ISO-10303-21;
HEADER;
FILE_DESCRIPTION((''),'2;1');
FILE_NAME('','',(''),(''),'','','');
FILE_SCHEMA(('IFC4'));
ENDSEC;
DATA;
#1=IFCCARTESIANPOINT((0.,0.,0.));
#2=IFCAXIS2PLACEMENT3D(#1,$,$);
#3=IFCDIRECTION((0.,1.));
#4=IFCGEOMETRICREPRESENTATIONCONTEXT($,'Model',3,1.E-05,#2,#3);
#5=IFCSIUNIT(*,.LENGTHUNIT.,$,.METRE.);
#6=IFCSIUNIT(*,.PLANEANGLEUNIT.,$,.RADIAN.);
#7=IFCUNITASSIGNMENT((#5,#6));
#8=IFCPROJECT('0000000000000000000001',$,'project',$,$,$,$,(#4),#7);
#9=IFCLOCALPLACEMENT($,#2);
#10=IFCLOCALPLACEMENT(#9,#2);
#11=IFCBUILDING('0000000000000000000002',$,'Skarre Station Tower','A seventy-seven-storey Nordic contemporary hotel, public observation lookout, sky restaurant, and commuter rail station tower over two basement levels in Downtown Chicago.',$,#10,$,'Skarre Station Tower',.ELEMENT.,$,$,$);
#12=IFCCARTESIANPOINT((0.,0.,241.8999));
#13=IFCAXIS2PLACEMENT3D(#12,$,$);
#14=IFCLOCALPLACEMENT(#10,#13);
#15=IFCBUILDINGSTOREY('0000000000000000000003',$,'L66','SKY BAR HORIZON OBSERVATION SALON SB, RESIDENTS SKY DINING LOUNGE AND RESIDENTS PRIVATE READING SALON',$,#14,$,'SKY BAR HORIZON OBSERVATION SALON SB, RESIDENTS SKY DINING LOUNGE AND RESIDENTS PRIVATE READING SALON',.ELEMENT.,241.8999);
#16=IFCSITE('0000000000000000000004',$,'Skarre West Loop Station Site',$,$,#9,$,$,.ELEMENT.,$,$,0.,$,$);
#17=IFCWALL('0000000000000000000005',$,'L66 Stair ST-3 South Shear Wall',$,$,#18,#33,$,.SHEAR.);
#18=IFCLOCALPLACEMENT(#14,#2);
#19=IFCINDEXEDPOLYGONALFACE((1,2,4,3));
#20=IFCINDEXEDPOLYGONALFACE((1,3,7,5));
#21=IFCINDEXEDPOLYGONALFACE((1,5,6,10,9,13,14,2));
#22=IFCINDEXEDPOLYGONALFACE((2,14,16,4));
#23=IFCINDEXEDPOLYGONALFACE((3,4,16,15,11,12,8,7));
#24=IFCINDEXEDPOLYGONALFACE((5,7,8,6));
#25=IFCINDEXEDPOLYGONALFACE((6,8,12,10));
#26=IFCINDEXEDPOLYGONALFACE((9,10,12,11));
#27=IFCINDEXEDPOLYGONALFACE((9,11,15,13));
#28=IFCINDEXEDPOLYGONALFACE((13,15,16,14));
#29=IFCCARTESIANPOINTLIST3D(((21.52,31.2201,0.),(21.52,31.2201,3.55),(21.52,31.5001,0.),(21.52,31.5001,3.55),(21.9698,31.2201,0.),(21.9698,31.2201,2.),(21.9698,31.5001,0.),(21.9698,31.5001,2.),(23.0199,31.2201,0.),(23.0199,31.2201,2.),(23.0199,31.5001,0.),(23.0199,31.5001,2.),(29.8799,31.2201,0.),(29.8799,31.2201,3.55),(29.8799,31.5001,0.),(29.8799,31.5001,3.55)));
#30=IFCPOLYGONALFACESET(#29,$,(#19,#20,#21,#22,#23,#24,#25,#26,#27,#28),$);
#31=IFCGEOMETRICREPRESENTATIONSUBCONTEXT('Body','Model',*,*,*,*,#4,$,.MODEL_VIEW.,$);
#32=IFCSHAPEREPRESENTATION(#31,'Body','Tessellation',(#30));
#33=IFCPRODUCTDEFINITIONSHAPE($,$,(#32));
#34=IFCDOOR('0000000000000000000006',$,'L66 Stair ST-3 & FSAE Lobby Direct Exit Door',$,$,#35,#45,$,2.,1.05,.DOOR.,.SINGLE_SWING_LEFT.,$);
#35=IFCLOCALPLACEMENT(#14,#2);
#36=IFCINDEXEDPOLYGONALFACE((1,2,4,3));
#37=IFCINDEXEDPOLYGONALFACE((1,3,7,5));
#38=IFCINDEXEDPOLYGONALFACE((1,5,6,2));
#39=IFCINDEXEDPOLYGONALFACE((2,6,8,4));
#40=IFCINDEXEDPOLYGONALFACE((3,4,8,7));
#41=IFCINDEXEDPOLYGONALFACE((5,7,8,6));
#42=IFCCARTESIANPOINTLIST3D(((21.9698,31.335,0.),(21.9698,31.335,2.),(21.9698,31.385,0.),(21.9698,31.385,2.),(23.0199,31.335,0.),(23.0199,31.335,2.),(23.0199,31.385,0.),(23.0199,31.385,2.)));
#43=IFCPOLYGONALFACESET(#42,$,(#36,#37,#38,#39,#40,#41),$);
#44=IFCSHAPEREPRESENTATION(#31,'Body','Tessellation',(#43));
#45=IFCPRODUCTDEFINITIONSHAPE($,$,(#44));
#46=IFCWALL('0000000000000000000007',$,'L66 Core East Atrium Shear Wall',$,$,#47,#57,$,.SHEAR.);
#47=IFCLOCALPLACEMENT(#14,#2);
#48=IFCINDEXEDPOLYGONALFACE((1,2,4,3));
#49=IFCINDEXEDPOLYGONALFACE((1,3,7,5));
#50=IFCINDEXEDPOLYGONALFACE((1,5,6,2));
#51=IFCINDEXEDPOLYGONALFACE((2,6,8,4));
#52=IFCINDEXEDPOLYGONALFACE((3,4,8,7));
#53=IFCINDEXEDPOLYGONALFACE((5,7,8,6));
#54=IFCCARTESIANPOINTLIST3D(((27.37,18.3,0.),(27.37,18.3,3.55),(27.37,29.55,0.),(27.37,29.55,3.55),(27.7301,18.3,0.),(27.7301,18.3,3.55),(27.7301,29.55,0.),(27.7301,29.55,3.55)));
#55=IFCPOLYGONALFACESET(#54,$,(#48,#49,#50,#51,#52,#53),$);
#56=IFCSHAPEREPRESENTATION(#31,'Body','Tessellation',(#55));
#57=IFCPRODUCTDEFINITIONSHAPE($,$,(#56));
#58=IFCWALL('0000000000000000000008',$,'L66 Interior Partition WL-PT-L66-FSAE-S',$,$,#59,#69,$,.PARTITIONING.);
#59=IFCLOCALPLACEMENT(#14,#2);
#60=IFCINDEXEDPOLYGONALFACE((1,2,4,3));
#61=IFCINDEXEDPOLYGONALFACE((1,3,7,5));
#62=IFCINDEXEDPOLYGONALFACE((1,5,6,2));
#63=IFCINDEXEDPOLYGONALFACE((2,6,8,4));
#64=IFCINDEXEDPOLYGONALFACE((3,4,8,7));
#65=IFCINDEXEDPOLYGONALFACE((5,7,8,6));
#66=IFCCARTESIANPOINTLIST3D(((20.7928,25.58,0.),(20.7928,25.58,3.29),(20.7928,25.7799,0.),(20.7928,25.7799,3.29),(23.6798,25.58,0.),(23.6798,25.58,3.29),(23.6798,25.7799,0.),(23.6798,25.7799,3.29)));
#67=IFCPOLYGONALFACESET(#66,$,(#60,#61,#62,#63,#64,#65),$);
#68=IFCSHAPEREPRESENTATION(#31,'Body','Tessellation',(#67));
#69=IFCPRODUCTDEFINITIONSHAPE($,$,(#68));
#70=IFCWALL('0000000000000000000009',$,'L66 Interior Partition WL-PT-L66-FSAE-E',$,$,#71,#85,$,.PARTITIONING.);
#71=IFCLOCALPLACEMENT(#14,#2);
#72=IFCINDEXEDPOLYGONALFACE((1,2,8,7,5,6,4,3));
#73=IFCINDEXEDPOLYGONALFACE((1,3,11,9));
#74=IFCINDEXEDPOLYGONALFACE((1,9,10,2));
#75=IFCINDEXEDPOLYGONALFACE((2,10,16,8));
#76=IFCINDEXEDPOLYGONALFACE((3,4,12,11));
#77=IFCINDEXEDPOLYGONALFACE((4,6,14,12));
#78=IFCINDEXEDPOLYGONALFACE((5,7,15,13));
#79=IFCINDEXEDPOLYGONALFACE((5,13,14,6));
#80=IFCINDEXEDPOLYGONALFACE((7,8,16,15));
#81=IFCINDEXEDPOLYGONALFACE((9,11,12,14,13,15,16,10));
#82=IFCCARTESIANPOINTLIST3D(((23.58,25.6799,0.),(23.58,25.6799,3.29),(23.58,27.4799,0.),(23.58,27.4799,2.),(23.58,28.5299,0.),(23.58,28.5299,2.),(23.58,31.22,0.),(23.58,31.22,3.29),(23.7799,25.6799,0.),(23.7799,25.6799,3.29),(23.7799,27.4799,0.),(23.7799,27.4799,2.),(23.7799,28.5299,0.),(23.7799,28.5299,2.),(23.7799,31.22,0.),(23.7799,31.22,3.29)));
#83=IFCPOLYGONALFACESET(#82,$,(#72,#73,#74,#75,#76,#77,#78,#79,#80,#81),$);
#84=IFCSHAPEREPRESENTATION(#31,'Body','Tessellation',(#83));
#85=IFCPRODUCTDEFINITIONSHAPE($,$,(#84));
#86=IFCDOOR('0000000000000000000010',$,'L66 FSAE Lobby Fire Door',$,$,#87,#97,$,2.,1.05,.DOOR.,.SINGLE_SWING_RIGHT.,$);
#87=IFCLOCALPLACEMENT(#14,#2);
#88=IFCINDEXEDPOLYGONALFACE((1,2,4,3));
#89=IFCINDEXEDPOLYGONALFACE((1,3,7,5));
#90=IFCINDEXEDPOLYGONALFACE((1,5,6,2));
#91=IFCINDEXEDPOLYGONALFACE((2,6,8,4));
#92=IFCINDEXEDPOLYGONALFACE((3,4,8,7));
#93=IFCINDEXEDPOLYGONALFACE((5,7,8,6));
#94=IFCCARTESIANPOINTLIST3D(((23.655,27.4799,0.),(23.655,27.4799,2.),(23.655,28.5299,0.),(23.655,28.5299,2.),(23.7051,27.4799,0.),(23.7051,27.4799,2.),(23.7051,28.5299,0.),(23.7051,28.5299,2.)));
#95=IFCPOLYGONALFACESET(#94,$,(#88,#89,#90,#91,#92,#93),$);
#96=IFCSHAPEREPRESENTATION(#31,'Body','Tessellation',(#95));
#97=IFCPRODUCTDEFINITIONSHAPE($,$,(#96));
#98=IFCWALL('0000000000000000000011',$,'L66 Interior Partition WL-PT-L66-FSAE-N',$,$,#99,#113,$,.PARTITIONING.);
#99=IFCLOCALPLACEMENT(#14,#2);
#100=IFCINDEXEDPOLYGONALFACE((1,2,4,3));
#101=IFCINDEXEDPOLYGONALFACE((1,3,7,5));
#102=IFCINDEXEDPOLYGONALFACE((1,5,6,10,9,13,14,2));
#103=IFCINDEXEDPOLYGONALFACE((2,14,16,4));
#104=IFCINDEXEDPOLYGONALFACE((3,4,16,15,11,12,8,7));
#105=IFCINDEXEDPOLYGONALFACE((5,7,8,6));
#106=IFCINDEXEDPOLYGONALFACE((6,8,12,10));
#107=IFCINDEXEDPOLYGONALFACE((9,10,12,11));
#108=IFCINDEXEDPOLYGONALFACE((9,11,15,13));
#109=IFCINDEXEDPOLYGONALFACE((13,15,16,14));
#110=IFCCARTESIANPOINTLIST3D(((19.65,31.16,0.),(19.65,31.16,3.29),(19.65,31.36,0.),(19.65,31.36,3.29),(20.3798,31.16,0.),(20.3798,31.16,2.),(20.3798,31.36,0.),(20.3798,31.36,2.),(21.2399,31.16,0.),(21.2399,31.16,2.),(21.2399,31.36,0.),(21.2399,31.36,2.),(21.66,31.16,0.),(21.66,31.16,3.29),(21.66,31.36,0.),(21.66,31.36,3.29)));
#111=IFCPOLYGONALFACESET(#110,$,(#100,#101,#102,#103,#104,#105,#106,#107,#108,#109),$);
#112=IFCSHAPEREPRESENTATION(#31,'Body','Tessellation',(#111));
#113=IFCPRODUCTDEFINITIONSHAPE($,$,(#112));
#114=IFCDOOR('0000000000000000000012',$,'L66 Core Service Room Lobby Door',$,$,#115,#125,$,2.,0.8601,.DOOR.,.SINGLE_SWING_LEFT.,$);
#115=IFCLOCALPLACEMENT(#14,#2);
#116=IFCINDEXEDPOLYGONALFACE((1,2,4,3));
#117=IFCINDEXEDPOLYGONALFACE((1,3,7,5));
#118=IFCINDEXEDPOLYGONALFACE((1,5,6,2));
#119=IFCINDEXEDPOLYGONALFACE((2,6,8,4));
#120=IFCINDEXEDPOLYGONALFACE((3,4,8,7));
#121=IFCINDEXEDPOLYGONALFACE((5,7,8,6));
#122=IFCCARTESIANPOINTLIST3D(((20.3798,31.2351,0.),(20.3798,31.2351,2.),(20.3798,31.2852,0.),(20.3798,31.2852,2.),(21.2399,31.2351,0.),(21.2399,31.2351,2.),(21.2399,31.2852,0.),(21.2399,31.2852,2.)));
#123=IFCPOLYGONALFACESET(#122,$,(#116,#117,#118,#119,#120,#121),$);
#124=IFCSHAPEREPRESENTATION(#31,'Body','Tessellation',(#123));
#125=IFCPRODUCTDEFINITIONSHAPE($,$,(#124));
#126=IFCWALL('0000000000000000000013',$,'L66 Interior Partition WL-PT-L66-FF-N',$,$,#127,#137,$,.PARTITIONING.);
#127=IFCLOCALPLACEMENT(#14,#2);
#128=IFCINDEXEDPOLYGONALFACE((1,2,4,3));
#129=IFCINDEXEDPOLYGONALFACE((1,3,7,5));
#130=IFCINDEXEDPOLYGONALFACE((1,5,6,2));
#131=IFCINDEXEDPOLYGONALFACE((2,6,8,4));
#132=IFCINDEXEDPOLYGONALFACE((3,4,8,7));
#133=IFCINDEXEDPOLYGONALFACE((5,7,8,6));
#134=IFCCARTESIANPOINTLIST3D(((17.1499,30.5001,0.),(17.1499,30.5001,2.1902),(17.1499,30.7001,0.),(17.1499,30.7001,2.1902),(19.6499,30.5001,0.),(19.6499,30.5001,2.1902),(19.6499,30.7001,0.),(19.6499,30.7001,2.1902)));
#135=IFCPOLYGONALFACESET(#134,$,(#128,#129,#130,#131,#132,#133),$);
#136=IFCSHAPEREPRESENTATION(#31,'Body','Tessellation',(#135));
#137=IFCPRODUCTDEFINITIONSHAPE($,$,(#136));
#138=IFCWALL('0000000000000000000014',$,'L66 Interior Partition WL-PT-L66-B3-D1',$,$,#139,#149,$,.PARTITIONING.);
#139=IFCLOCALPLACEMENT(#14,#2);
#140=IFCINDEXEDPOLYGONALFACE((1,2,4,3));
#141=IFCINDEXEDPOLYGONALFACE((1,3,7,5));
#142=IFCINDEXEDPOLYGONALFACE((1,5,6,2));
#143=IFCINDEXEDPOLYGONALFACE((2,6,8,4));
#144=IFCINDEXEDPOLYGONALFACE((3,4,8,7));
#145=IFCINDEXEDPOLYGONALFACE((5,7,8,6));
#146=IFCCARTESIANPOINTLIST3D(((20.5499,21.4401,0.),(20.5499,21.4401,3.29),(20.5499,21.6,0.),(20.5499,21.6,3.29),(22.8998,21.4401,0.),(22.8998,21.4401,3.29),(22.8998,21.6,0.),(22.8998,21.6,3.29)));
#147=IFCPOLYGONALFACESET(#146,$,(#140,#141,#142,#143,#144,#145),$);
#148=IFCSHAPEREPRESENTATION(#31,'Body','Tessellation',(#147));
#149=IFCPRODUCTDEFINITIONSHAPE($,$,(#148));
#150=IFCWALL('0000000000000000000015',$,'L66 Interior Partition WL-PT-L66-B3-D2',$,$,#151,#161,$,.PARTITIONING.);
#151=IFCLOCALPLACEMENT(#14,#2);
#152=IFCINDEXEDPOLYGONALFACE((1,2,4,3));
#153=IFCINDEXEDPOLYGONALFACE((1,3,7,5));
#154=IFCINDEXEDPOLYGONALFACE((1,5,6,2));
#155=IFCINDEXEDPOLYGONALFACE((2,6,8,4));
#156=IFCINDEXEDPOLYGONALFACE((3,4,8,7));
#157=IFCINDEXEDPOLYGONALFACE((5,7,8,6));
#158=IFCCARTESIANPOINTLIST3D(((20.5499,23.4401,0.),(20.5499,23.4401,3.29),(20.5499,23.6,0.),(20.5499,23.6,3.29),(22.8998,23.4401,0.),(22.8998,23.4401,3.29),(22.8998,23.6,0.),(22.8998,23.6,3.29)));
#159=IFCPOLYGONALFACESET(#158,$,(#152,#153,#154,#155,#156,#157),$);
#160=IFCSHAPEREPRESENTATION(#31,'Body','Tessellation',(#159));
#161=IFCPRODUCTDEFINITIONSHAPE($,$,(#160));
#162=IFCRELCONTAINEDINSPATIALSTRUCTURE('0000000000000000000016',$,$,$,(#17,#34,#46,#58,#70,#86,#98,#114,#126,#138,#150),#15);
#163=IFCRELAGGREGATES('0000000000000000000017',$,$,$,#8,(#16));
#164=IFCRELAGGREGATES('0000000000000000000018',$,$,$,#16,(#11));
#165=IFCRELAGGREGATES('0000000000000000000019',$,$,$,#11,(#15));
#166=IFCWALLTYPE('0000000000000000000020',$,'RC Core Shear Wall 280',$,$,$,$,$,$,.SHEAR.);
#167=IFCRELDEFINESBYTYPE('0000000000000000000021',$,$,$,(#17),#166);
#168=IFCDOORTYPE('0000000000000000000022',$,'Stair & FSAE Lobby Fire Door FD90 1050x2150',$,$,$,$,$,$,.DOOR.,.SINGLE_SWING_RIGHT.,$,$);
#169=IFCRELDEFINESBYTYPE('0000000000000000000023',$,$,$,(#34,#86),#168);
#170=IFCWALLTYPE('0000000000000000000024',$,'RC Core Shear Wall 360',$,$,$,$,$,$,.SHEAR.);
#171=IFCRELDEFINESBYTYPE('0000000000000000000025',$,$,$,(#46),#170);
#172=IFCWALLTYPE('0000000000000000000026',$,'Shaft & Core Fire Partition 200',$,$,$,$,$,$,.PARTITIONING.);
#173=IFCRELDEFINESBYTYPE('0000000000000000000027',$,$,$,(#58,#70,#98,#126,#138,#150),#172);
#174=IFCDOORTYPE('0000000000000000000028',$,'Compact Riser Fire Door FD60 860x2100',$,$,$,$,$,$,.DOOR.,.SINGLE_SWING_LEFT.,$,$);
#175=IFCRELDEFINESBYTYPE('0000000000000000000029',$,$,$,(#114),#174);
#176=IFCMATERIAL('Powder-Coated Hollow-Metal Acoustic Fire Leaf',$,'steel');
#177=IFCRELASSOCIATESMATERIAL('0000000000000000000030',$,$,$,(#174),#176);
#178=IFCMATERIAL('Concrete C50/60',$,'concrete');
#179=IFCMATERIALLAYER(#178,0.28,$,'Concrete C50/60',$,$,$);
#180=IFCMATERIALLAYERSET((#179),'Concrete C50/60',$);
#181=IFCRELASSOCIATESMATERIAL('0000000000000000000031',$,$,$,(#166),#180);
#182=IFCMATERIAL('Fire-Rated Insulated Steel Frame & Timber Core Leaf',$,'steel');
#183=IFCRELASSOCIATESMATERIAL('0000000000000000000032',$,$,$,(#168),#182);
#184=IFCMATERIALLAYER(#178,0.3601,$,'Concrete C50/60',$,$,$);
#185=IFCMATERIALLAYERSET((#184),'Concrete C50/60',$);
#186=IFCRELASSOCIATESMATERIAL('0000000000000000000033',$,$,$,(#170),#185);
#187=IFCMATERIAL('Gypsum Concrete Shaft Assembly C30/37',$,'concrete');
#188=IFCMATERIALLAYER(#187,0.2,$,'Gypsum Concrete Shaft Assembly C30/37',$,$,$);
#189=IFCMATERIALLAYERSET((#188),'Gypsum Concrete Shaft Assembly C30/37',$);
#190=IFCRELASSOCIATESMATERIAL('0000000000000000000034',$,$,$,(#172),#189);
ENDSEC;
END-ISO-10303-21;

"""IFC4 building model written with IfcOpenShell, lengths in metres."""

from ifc_helpers import new_model, si_unit, direction, frame, frame_2d, origin, place, context, subcontext, project, spatial, rectangle, extrude, material, layer, layer_set, type_object, element, fill, save


model = new_model("IFC4")

# Units and contexts
model_context = context("Model", 3, precision=1e-05, world=origin(), true_north=direction((0.0, 1.0)))
body_context = subcontext(model_context, "Body", "Model", "MODEL_VIEW")
ifc_project = project(units=[si_unit("LENGTHUNIT", "METRE"), si_unit("PLANEANGLEUNIT", "RADIAN")], contexts=[model_context])

# Site, building, storey
site_placement = place(None, origin())
site = spatial("IfcSite", under=ifc_project, at=site_placement, Name="Skarre West Loop Station Site", CompositionType="ELEMENT", RefElevation=0.0)
building_placement = place(site_placement, origin())
building = spatial("IfcBuilding", under=site, at=building_placement, Name="Skarre Station Tower", Description="A seventy-seven-storey Nordic contemporary hotel, public observation lookout, sky restaurant, and commuter rail station tower over two basement levels in Downtown Chicago.", LongName="Skarre Station Tower", CompositionType="ELEMENT")
storey_placement = place(building_placement, frame((0.0, 0.0, 241.8999)))
storey = spatial("IfcBuildingStorey", under=building, at=storey_placement, Name="L66", Description="SKY BAR HORIZON OBSERVATION SALON SB, RESIDENTS SKY DINING LOUNGE AND RESIDENTS PRIVATE READING SALON", LongName="SKY BAR HORIZON OBSERVATION SALON SB, RESIDENTS SKY DINING LOUNGE AND RESIDENTS PRIVATE READING SALON", CompositionType="ELEMENT", Elevation=241.8999)

# Shared definitions
ifc_material_1 = material(Name="Powder-Coated Hollow-Metal Acoustic Fire Leaf", Category="steel")
door_type_1 = type_object("IfcDoorType", Name="Compact Riser Fire Door FD60 860x2100", OperationType="SINGLE_SWING_LEFT", PredefinedType="DOOR", material=ifc_material_1)

# Shared definitions
ifc_material_2 = material(Name="Concrete C50/60", Category="concrete")
ifc_layer_1 = layer(ifc_material_2, 0.28, Name="Concrete C50/60")
ifc_layer_set_1 = layer_set([ifc_layer_1], Name="Concrete C50/60")
wall_type_1 = type_object("IfcWallType", Name="RC Core Shear Wall 280", PredefinedType="SHEAR", material=ifc_layer_set_1)

# Wall, opening, door
wall_1_placement = place(storey_placement, frame((21.52, 31.3601, 0.0), z_axis=(0.0, 0.0, 1.0), x_axis=(1.0, 0.0, 0.0)))
wall_1 = element("IfcWall", 1, at=wall_1_placement, inside=storey, type_object=wall_type_1, Name="L66 Stair ST-3 South Shear Wall", PredefinedType="SHEAR", context=body_context, shape_type="SweptSolid", body=[
    extrude(rectangle(XDim=8.3599, YDim=0.28, at=frame_2d((4.1799, 0.0))), origin(), (0.0, 0.0, 1.0), 3.55),
])
opening_1_placement = place(wall_1_placement, frame((0.45, 0.0, 0.0)))
opening_1 = element("IfcOpeningElement", 2, at=opening_1_placement, cuts=wall_1, PredefinedType="OPENING", context=body_context, shape_type="SweptSolid", body=[
    extrude(rectangle(XDim=1.05, YDim=2.0, at=frame_2d((0.5249, 1.0))), frame((0.0, 0.1499, 0.0), z_axis=(0.0, -1.0, 0.0), x_axis=(1.0, 0.0, 0.0)), (0.0, 0.0, 1.0), 0.3),
])
ifc_material_3 = material(Name="Fire-Rated Insulated Steel Frame & Timber Core Leaf", Category="steel")
door_type_2 = type_object("IfcDoorType", Name="Stair & FSAE Lobby Fire Door FD90 1050x2150", OperationType="SINGLE_SWING_RIGHT", PredefinedType="DOOR", material=ifc_material_3)
door_1_placement = place(opening_1_placement, origin())
door_1 = element("IfcDoor", 3, at=door_1_placement, inside=storey, type_object=door_type_2, Name="L66 Stair ST-3 & FSAE Lobby Direct Exit Door", OperationType="SINGLE_SWING_LEFT", OverallHeight=2.0, OverallWidth=1.05, PredefinedType="DOOR", context=body_context, shape_type="SweptSolid", body=[
    extrude(rectangle(XDim=1.05, YDim=2.0, at=frame_2d((0.5249, 1.0))), frame((0.0, 0.0249, 0.0), z_axis=(0.0, -1.0, 0.0), x_axis=(1.0, 0.0, 0.0)), (0.0, 0.0, 1.0), 0.05),
])
fill(opening_1, door_1)

# Walls
ifc_layer_2 = layer(ifc_material_2, 0.3601, Name="Concrete C50/60")
ifc_layer_set_2 = layer_set([ifc_layer_2], Name="Concrete C50/60")
wall_type_2 = type_object("IfcWallType", Name="RC Core Shear Wall 360", PredefinedType="SHEAR", material=ifc_layer_set_2)
wall_2_placement = place(storey_placement, frame((27.55, 29.55, 0.0), z_axis=(0.0, 0.0, 1.0), x_axis=(0.0, -1.0, 0.0)))
element("IfcWall", 4, at=wall_2_placement, inside=storey, type_object=wall_type_2, Name="L66 Core East Atrium Shear Wall", PredefinedType="SHEAR", context=body_context, shape_type="SweptSolid", body=[
    extrude(rectangle(XDim=11.25, YDim=0.3601, at=frame_2d((5.625, 0.0))), origin(), (0.0, 0.0, 1.0), 3.55),
])
ifc_material_4 = material(Name="Gypsum Concrete Shaft Assembly C30/37", Category="concrete")
ifc_layer_3 = layer(ifc_material_4, 0.2, Name="Gypsum Concrete Shaft Assembly C30/37")
ifc_layer_set_3 = layer_set([ifc_layer_3], Name="Gypsum Concrete Shaft Assembly C30/37")
wall_type_3 = type_object("IfcWallType", Name="Shaft & Core Fire Partition 200", PredefinedType="PARTITIONING", material=ifc_layer_set_3)
wall_3_placement = place(storey_placement, frame((20.793, 25.6799, 0.0), z_axis=(0.0, 0.0, 1.0), x_axis=(1.0, 0.0, 0.0)))
element("IfcWall", 5, at=wall_3_placement, inside=storey, type_object=wall_type_3, Name="L66 Interior Partition WL-PT-L66-FSAE-S", PredefinedType="PARTITIONING", context=body_context, shape_type="SweptSolid", body=[
    extrude(rectangle(XDim=2.887, YDim=0.2, at=frame_2d((1.4434, 0.0))), origin(), (0.0, 0.0, 1.0), 3.29),
])

# Walls, openings, doors
wall_4_placement = place(storey_placement, frame((23.6799, 25.6799, 0.0), z_axis=(0.0, 0.0, 1.0), x_axis=(0.0, 1.0, 0.0)))
wall_4 = element("IfcWall", 6, at=wall_4_placement, inside=storey, type_object=wall_type_3, Name="L66 Interior Partition WL-PT-L66-FSAE-E", PredefinedType="PARTITIONING", context=body_context, shape_type="SweptSolid", body=[
    extrude(rectangle(XDim=5.54, YDim=0.2, at=frame_2d((2.77, 0.0))), origin(), (0.0, 0.0, 1.0), 3.29),
])
opening_2_placement = place(wall_4_placement, frame((1.8, 0.0, 0.0)))
opening_2 = element("IfcOpeningElement", 7, at=opening_2_placement, cuts=wall_4, PredefinedType="OPENING", context=body_context, shape_type="SweptSolid", body=[
    extrude(rectangle(XDim=1.05, YDim=2.0, at=frame_2d((0.5249, 1.0))), frame((0.0, 0.1099, 0.0), z_axis=(0.0, -1.0, 0.0), x_axis=(1.0, 0.0, 0.0)), (0.0, 0.0, 1.0), 0.22),
])
door_2_placement = place(opening_2_placement, origin())
door_2 = element("IfcDoor", 8, at=door_2_placement, inside=storey, type_object=door_type_2, Name="L66 FSAE Lobby Fire Door", OperationType="SINGLE_SWING_RIGHT", OverallHeight=2.0, OverallWidth=1.05, PredefinedType="DOOR", context=body_context, shape_type="SweptSolid", body=[
    extrude(rectangle(XDim=1.05, YDim=2.0, at=frame_2d((0.5249, 1.0))), frame((0.0, 0.0249, 0.0), z_axis=(0.0, -1.0, 0.0), x_axis=(1.0, 0.0, 0.0)), (0.0, 0.0, 1.0), 0.05),
])
fill(opening_2, door_2)
wall_5_placement = place(storey_placement, frame((21.6599, 31.26, 0.0), z_axis=(0.0, 0.0, 1.0), x_axis=(-1.0, 0.0, 0.0)))
wall_5 = element("IfcWall", 9, at=wall_5_placement, inside=storey, type_object=wall_type_3, Name="L66 Interior Partition WL-PT-L66-FSAE-N", PredefinedType="PARTITIONING", context=body_context, shape_type="SweptSolid", body=[
    extrude(rectangle(XDim=2.01, YDim=0.2, at=frame_2d((1.0049, 0.0))), origin(), (0.0, 0.0, 1.0), 3.29),
])
opening_3_placement = place(wall_5_placement, frame((0.4199, 0.0, 0.0)))
opening_3 = element("IfcOpeningElement", 10, at=opening_3_placement, cuts=wall_5, PredefinedType="OPENING", context=body_context, shape_type="SweptSolid", body=[
    extrude(rectangle(XDim=0.8601, YDim=2.0, at=frame_2d((0.4302, 1.0))), frame((0.0, 0.1099, 0.0), z_axis=(0.0, -1.0, 0.0), x_axis=(1.0, 0.0, 0.0)), (0.0, 0.0, 1.0), 0.22),
])
door_3_placement = place(opening_3_placement, origin())
door_3 = element("IfcDoor", 11, at=door_3_placement, inside=storey, type_object=door_type_1, Name="L66 Core Service Room Lobby Door", OperationType="SINGLE_SWING_LEFT", OverallHeight=2.0, OverallWidth=0.8601, PredefinedType="DOOR", context=body_context, shape_type="SweptSolid", body=[
    extrude(rectangle(XDim=0.8601, YDim=2.0, at=frame_2d((0.4302, 1.0))), frame((0.0, 0.0249, 0.0), z_axis=(0.0, -1.0, 0.0), x_axis=(1.0, 0.0, 0.0)), (0.0, 0.0, 1.0), 0.05),
])
fill(opening_3, door_3)

# Walls
wall_6_placement = place(storey_placement, frame((19.6499, 30.6001, 0.0), z_axis=(0.0, 0.0, 1.0), x_axis=(-1.0, 0.0, 0.0)))
element("IfcWall", 12, at=wall_6_placement, inside=storey, type_object=wall_type_3, Name="L66 Interior Partition WL-PT-L66-FF-N", PredefinedType="PARTITIONING", context=body_context, shape_type="SweptSolid", body=[
    extrude(rectangle(XDim=2.5, YDim=0.2, at=frame_2d((1.25, 0.0))), origin(), (0.0, 0.0, 1.0), 2.1902),
])
for number, where, z_axis, x_axis, name in (
    (13, (20.55, 21.52, 0.0), (0.0, 0.0, 1.0), (1.0, 0.0, 0.0), "L66 Interior Partition WL-PT-L66-B3-D1"),
    (14, (20.55, 23.52, 0.0), (0.0, 0.0, 1.0), (1.0, 0.0, 0.0), "L66 Interior Partition WL-PT-L66-B3-D2"),
):
    element("IfcWall", number, at=place(storey_placement, frame(where, z_axis=z_axis, x_axis=x_axis)), inside=storey, type_object=wall_type_3, Name=name, PredefinedType="PARTITIONING", context=body_context, shape_type="SweptSolid", body=[
        extrude(rectangle(XDim=2.3499, YDim=0.1599, at=frame_2d((1.1748, 0.0))), origin(), (0.0, 0.0, 1.0), 3.29),
    ])

save(model, "model.ifc")
